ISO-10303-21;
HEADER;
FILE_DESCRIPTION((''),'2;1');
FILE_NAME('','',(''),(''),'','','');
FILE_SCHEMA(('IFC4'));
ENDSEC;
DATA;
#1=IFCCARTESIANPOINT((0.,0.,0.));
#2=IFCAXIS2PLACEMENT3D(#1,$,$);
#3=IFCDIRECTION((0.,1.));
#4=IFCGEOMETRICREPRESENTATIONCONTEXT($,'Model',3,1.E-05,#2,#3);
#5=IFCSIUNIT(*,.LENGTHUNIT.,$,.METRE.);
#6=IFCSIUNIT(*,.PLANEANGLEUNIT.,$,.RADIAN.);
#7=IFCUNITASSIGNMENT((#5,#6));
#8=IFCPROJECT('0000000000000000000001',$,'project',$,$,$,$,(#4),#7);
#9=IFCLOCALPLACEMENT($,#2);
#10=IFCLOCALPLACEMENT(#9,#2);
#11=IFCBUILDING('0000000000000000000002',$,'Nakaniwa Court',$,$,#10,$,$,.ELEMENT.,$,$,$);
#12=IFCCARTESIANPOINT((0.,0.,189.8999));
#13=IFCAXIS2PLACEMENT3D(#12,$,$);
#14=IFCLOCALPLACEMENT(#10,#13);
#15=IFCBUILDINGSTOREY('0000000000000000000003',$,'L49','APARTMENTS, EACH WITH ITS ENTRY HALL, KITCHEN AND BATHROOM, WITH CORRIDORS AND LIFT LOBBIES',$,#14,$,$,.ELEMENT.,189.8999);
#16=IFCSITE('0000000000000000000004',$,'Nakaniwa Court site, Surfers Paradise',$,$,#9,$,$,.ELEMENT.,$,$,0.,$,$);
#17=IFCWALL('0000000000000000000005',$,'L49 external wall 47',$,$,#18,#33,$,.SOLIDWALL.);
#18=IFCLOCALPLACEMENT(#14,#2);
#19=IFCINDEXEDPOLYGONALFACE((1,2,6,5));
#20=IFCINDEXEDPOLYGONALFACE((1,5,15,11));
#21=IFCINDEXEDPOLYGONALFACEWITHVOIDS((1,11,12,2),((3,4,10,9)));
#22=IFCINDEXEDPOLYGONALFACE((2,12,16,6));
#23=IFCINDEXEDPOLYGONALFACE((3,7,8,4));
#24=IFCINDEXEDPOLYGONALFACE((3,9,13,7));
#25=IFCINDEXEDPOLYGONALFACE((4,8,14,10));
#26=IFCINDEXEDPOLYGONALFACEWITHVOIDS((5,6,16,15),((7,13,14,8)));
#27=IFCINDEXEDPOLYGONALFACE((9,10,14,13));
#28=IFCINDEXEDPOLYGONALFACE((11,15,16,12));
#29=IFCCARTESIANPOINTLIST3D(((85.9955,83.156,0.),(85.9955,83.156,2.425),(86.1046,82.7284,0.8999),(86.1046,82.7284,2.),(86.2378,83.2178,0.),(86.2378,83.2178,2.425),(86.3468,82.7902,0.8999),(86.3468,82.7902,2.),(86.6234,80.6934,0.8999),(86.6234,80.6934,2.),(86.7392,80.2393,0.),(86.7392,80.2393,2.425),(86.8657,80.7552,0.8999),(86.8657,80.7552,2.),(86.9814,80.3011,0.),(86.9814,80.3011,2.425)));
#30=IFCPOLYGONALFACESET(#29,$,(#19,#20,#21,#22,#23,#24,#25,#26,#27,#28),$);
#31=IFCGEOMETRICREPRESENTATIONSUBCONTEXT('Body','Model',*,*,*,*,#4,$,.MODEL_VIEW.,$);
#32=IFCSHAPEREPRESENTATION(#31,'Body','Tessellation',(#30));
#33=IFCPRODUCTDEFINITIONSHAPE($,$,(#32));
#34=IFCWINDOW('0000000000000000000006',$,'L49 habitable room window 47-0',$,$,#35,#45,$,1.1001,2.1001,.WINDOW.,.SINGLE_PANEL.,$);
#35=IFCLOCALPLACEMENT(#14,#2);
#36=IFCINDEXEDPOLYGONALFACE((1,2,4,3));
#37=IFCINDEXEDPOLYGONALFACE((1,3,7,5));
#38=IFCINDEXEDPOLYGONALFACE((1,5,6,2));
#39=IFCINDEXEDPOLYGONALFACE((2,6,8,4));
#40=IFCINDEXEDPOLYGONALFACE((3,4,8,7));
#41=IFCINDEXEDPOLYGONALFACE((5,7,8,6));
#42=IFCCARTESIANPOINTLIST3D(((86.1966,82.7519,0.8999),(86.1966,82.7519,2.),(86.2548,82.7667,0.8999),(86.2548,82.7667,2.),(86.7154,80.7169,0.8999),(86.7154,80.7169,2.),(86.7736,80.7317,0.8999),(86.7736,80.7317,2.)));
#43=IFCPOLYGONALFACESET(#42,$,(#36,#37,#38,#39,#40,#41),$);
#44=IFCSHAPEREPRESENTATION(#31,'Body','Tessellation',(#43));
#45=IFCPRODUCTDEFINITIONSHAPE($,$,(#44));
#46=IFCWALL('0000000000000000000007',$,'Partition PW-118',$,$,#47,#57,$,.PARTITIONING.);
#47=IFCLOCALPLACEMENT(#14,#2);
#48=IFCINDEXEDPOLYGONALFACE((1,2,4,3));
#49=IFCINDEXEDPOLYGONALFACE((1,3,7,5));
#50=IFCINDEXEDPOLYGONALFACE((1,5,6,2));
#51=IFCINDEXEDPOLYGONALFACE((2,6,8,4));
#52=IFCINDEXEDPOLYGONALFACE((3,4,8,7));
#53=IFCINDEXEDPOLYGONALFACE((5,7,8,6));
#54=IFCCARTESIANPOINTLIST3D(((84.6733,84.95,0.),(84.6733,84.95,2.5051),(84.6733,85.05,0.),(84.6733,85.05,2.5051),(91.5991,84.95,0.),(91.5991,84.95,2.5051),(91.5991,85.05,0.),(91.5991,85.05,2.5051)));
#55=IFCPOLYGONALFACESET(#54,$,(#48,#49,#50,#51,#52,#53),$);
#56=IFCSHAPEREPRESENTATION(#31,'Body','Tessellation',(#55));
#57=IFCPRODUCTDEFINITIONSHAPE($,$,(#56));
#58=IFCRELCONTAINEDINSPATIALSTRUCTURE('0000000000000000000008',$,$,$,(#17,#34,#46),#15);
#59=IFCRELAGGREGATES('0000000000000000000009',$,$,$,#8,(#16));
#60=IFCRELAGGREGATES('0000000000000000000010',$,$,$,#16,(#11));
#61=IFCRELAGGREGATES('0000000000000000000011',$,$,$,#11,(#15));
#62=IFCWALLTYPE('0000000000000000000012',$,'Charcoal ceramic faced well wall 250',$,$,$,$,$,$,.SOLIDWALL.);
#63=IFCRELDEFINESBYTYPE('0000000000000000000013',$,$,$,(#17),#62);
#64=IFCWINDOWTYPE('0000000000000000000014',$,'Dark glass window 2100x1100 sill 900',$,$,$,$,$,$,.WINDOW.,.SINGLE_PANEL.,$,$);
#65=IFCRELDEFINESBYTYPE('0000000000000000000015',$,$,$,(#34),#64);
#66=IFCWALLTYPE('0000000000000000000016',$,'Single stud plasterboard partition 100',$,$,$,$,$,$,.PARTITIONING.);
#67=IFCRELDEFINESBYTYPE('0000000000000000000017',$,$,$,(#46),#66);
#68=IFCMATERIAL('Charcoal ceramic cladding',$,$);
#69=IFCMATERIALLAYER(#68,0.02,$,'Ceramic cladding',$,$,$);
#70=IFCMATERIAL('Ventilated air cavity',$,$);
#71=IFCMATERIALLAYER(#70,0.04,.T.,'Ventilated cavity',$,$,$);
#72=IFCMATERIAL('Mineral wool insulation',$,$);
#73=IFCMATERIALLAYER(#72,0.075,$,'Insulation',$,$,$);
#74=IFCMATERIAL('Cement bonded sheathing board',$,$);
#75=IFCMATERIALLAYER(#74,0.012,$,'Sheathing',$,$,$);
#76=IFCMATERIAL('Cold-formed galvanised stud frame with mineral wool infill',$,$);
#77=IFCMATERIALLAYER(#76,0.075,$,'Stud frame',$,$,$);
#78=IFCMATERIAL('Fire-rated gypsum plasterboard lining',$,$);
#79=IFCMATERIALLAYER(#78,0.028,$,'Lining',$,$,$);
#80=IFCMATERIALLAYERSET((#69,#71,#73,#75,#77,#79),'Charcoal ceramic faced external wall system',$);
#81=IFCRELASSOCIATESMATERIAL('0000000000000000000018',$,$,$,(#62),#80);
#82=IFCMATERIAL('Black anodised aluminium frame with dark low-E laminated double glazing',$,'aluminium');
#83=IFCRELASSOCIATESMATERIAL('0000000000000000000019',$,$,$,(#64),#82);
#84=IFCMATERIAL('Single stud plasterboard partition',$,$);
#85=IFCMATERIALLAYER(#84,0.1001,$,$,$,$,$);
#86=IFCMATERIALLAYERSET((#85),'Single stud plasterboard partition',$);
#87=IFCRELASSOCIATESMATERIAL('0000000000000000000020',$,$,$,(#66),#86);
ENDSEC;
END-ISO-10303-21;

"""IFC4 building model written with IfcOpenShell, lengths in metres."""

from ifc_helpers import new_model, si_unit, direction, frame, frame_2d, origin, place, context, subcontext, project, spatial, rectangle, extrude, material, layer, layer_set, type_object, element, fill, save


model = new_model("IFC4")

# Units and contexts
model_context = context("Model", 3, precision=1e-05, world=origin(), true_north=direction((0.0, 1.0)))
body_context = subcontext(model_context, "Body", "Model", "MODEL_VIEW")
ifc_project = project(units=[si_unit("LENGTHUNIT", "METRE"), si_unit("PLANEANGLEUNIT", "RADIAN")], contexts=[model_context])

# Site, building, storey
site_placement = place(None, origin())
site = spatial("IfcSite", under=ifc_project, at=site_placement, Name="Nakaniwa Court site, Surfers Paradise", CompositionType="ELEMENT", RefElevation=0.0)
building_placement = place(site_placement, origin())
building = spatial("IfcBuilding", under=site, at=building_placement, Name="Nakaniwa Court", CompositionType="ELEMENT")
storey_placement = place(building_placement, frame((0.0, 0.0, 189.8999)))
storey = spatial("IfcBuildingStorey", under=building, at=storey_placement, Name="L49", Description="APARTMENTS, EACH WITH ITS ENTRY HALL, KITCHEN AND BATHROOM, WITH CORRIDORS AND LIFT LOBBIES", CompositionType="ELEMENT", Elevation=189.8999)

# Wall, opening, window
ifc_material_1 = material(Name="Charcoal ceramic cladding")
ifc_layer_1 = layer(ifc_material_1, 0.02, Name="Ceramic cladding")
ifc_material_2 = material(Name="Ventilated air cavity")
ifc_layer_2 = layer(ifc_material_2, 0.04, ventilated=True, Name="Ventilated cavity")
ifc_material_3 = material(Name="Mineral wool insulation")
ifc_layer_3 = layer(ifc_material_3, 0.075, Name="Insulation")
ifc_material_4 = material(Name="Cement bonded sheathing board")
ifc_layer_4 = layer(ifc_material_4, 0.012, Name="Sheathing")
ifc_material_5 = material(Name="Cold-formed galvanised stud frame with mineral wool infill")
ifc_layer_5 = layer(ifc_material_5, 0.075, Name="Stud frame")
ifc_material_6 = material(Name="Fire-rated gypsum plasterboard lining")
ifc_layer_6 = layer(ifc_material_6, 0.028, Name="Lining")
ifc_layer_set_1 = layer_set([ifc_layer_1, ifc_layer_2, ifc_layer_3, ifc_layer_4, ifc_layer_5, ifc_layer_6], Name="Charcoal ceramic faced external wall system")
wall_type_1 = type_object("IfcWallType", Name="Charcoal ceramic faced well wall 250", PredefinedType="SOLIDWALL", material=ifc_layer_set_1)
ifc_material_7 = material(Name="Black anodised aluminium frame with dark low-E laminated double glazing", Category="aluminium")
window_type = type_object("IfcWindowType", Name="Dark glass window 2100x1100 sill 900", PartitioningType="SINGLE_PANEL", PredefinedType="WINDOW", material=ifc_material_7)
wall_1_placement = place(storey_placement, frame((86.1167, 83.1868, 0.0), z_axis=(0.0, 0.0, 1.0), x_axis=(0.247056, -0.969001, 0.0)))
wall_1 = element("IfcWall", 1, at=wall_1_placement, inside=storey, type_object=wall_type_1, Name="L49 external wall 47", PredefinedType="SOLIDWALL", context=body_context, shape_type="SweptSolid", body=[
    extrude(rectangle(XDim=3.01, YDim=0.25, at=frame_2d((1.5049, 0.0))), origin(), (0.0, 0.0, 1.0), 2.425),
])
opening_1_placement = place(wall_1_placement, frame((0.4412, 0.0, 0.8999)))
opening_1 = element("IfcOpeningElement", 2, at=opening_1_placement, cuts=wall_1, PredefinedType="OPENING", context=body_context, shape_type="SweptSolid", body=[
    extrude(rectangle(XDim=2.1001, YDim=1.1001, at=frame_2d((1.05, 0.55))), frame((0.0, 0.135, 0.0), z_axis=(0.0, -1.0, 0.0), x_axis=(1.0, 0.0, 0.0)), (0.0, 0.0, 1.0), 0.27),
])
window_1_placement = place(opening_1_placement, origin())
window_1 = element("IfcWindow", 3, at=window_1_placement, inside=storey, type_object=window_type, Name="L49 habitable room window 47-0", OverallHeight=1.1001, OverallWidth=2.1001, PartitioningType="SINGLE_PANEL", PredefinedType="WINDOW", context=body_context, shape_type="SweptSolid", body=[
    extrude(rectangle(XDim=2.1001, YDim=1.1001, at=frame_2d((1.05, 0.55))), frame((0.0, 0.03, 0.0), z_axis=(0.0, -1.0, 0.0), x_axis=(1.0, 0.0, 0.0)), (0.0, 0.0, 1.0), 0.0601),
])
fill(opening_1, window_1)

# Wall
ifc_material_8 = material(Name="Single stud plasterboard partition")
ifc_layer_7 = layer(ifc_material_8, 0.1001)
ifc_layer_set_2 = layer_set([ifc_layer_7], Name="Single stud plasterboard partition")
wall_type_2 = type_object("IfcWallType", Name="Single stud plasterboard partition 100", PredefinedType="PARTITIONING", material=ifc_layer_set_2)
wall_2_placement = place(storey_placement, frame((84.6733, 85.0, 0.0), z_axis=(0.0, 0.0, 1.0), x_axis=(1.0, 0.0, 0.0)))
element("IfcWall", 4, at=wall_2_placement, inside=storey, type_object=wall_type_2, Name="Partition PW-118", PredefinedType="PARTITIONING", context=body_context, shape_type="SweptSolid", body=[
    extrude(rectangle(XDim=6.9258, YDim=0.1001, at=frame_2d((3.4629, 0.0))), origin(), (0.0, 0.0, 1.0), 2.5051),
])

save(model, "model.ifc")
